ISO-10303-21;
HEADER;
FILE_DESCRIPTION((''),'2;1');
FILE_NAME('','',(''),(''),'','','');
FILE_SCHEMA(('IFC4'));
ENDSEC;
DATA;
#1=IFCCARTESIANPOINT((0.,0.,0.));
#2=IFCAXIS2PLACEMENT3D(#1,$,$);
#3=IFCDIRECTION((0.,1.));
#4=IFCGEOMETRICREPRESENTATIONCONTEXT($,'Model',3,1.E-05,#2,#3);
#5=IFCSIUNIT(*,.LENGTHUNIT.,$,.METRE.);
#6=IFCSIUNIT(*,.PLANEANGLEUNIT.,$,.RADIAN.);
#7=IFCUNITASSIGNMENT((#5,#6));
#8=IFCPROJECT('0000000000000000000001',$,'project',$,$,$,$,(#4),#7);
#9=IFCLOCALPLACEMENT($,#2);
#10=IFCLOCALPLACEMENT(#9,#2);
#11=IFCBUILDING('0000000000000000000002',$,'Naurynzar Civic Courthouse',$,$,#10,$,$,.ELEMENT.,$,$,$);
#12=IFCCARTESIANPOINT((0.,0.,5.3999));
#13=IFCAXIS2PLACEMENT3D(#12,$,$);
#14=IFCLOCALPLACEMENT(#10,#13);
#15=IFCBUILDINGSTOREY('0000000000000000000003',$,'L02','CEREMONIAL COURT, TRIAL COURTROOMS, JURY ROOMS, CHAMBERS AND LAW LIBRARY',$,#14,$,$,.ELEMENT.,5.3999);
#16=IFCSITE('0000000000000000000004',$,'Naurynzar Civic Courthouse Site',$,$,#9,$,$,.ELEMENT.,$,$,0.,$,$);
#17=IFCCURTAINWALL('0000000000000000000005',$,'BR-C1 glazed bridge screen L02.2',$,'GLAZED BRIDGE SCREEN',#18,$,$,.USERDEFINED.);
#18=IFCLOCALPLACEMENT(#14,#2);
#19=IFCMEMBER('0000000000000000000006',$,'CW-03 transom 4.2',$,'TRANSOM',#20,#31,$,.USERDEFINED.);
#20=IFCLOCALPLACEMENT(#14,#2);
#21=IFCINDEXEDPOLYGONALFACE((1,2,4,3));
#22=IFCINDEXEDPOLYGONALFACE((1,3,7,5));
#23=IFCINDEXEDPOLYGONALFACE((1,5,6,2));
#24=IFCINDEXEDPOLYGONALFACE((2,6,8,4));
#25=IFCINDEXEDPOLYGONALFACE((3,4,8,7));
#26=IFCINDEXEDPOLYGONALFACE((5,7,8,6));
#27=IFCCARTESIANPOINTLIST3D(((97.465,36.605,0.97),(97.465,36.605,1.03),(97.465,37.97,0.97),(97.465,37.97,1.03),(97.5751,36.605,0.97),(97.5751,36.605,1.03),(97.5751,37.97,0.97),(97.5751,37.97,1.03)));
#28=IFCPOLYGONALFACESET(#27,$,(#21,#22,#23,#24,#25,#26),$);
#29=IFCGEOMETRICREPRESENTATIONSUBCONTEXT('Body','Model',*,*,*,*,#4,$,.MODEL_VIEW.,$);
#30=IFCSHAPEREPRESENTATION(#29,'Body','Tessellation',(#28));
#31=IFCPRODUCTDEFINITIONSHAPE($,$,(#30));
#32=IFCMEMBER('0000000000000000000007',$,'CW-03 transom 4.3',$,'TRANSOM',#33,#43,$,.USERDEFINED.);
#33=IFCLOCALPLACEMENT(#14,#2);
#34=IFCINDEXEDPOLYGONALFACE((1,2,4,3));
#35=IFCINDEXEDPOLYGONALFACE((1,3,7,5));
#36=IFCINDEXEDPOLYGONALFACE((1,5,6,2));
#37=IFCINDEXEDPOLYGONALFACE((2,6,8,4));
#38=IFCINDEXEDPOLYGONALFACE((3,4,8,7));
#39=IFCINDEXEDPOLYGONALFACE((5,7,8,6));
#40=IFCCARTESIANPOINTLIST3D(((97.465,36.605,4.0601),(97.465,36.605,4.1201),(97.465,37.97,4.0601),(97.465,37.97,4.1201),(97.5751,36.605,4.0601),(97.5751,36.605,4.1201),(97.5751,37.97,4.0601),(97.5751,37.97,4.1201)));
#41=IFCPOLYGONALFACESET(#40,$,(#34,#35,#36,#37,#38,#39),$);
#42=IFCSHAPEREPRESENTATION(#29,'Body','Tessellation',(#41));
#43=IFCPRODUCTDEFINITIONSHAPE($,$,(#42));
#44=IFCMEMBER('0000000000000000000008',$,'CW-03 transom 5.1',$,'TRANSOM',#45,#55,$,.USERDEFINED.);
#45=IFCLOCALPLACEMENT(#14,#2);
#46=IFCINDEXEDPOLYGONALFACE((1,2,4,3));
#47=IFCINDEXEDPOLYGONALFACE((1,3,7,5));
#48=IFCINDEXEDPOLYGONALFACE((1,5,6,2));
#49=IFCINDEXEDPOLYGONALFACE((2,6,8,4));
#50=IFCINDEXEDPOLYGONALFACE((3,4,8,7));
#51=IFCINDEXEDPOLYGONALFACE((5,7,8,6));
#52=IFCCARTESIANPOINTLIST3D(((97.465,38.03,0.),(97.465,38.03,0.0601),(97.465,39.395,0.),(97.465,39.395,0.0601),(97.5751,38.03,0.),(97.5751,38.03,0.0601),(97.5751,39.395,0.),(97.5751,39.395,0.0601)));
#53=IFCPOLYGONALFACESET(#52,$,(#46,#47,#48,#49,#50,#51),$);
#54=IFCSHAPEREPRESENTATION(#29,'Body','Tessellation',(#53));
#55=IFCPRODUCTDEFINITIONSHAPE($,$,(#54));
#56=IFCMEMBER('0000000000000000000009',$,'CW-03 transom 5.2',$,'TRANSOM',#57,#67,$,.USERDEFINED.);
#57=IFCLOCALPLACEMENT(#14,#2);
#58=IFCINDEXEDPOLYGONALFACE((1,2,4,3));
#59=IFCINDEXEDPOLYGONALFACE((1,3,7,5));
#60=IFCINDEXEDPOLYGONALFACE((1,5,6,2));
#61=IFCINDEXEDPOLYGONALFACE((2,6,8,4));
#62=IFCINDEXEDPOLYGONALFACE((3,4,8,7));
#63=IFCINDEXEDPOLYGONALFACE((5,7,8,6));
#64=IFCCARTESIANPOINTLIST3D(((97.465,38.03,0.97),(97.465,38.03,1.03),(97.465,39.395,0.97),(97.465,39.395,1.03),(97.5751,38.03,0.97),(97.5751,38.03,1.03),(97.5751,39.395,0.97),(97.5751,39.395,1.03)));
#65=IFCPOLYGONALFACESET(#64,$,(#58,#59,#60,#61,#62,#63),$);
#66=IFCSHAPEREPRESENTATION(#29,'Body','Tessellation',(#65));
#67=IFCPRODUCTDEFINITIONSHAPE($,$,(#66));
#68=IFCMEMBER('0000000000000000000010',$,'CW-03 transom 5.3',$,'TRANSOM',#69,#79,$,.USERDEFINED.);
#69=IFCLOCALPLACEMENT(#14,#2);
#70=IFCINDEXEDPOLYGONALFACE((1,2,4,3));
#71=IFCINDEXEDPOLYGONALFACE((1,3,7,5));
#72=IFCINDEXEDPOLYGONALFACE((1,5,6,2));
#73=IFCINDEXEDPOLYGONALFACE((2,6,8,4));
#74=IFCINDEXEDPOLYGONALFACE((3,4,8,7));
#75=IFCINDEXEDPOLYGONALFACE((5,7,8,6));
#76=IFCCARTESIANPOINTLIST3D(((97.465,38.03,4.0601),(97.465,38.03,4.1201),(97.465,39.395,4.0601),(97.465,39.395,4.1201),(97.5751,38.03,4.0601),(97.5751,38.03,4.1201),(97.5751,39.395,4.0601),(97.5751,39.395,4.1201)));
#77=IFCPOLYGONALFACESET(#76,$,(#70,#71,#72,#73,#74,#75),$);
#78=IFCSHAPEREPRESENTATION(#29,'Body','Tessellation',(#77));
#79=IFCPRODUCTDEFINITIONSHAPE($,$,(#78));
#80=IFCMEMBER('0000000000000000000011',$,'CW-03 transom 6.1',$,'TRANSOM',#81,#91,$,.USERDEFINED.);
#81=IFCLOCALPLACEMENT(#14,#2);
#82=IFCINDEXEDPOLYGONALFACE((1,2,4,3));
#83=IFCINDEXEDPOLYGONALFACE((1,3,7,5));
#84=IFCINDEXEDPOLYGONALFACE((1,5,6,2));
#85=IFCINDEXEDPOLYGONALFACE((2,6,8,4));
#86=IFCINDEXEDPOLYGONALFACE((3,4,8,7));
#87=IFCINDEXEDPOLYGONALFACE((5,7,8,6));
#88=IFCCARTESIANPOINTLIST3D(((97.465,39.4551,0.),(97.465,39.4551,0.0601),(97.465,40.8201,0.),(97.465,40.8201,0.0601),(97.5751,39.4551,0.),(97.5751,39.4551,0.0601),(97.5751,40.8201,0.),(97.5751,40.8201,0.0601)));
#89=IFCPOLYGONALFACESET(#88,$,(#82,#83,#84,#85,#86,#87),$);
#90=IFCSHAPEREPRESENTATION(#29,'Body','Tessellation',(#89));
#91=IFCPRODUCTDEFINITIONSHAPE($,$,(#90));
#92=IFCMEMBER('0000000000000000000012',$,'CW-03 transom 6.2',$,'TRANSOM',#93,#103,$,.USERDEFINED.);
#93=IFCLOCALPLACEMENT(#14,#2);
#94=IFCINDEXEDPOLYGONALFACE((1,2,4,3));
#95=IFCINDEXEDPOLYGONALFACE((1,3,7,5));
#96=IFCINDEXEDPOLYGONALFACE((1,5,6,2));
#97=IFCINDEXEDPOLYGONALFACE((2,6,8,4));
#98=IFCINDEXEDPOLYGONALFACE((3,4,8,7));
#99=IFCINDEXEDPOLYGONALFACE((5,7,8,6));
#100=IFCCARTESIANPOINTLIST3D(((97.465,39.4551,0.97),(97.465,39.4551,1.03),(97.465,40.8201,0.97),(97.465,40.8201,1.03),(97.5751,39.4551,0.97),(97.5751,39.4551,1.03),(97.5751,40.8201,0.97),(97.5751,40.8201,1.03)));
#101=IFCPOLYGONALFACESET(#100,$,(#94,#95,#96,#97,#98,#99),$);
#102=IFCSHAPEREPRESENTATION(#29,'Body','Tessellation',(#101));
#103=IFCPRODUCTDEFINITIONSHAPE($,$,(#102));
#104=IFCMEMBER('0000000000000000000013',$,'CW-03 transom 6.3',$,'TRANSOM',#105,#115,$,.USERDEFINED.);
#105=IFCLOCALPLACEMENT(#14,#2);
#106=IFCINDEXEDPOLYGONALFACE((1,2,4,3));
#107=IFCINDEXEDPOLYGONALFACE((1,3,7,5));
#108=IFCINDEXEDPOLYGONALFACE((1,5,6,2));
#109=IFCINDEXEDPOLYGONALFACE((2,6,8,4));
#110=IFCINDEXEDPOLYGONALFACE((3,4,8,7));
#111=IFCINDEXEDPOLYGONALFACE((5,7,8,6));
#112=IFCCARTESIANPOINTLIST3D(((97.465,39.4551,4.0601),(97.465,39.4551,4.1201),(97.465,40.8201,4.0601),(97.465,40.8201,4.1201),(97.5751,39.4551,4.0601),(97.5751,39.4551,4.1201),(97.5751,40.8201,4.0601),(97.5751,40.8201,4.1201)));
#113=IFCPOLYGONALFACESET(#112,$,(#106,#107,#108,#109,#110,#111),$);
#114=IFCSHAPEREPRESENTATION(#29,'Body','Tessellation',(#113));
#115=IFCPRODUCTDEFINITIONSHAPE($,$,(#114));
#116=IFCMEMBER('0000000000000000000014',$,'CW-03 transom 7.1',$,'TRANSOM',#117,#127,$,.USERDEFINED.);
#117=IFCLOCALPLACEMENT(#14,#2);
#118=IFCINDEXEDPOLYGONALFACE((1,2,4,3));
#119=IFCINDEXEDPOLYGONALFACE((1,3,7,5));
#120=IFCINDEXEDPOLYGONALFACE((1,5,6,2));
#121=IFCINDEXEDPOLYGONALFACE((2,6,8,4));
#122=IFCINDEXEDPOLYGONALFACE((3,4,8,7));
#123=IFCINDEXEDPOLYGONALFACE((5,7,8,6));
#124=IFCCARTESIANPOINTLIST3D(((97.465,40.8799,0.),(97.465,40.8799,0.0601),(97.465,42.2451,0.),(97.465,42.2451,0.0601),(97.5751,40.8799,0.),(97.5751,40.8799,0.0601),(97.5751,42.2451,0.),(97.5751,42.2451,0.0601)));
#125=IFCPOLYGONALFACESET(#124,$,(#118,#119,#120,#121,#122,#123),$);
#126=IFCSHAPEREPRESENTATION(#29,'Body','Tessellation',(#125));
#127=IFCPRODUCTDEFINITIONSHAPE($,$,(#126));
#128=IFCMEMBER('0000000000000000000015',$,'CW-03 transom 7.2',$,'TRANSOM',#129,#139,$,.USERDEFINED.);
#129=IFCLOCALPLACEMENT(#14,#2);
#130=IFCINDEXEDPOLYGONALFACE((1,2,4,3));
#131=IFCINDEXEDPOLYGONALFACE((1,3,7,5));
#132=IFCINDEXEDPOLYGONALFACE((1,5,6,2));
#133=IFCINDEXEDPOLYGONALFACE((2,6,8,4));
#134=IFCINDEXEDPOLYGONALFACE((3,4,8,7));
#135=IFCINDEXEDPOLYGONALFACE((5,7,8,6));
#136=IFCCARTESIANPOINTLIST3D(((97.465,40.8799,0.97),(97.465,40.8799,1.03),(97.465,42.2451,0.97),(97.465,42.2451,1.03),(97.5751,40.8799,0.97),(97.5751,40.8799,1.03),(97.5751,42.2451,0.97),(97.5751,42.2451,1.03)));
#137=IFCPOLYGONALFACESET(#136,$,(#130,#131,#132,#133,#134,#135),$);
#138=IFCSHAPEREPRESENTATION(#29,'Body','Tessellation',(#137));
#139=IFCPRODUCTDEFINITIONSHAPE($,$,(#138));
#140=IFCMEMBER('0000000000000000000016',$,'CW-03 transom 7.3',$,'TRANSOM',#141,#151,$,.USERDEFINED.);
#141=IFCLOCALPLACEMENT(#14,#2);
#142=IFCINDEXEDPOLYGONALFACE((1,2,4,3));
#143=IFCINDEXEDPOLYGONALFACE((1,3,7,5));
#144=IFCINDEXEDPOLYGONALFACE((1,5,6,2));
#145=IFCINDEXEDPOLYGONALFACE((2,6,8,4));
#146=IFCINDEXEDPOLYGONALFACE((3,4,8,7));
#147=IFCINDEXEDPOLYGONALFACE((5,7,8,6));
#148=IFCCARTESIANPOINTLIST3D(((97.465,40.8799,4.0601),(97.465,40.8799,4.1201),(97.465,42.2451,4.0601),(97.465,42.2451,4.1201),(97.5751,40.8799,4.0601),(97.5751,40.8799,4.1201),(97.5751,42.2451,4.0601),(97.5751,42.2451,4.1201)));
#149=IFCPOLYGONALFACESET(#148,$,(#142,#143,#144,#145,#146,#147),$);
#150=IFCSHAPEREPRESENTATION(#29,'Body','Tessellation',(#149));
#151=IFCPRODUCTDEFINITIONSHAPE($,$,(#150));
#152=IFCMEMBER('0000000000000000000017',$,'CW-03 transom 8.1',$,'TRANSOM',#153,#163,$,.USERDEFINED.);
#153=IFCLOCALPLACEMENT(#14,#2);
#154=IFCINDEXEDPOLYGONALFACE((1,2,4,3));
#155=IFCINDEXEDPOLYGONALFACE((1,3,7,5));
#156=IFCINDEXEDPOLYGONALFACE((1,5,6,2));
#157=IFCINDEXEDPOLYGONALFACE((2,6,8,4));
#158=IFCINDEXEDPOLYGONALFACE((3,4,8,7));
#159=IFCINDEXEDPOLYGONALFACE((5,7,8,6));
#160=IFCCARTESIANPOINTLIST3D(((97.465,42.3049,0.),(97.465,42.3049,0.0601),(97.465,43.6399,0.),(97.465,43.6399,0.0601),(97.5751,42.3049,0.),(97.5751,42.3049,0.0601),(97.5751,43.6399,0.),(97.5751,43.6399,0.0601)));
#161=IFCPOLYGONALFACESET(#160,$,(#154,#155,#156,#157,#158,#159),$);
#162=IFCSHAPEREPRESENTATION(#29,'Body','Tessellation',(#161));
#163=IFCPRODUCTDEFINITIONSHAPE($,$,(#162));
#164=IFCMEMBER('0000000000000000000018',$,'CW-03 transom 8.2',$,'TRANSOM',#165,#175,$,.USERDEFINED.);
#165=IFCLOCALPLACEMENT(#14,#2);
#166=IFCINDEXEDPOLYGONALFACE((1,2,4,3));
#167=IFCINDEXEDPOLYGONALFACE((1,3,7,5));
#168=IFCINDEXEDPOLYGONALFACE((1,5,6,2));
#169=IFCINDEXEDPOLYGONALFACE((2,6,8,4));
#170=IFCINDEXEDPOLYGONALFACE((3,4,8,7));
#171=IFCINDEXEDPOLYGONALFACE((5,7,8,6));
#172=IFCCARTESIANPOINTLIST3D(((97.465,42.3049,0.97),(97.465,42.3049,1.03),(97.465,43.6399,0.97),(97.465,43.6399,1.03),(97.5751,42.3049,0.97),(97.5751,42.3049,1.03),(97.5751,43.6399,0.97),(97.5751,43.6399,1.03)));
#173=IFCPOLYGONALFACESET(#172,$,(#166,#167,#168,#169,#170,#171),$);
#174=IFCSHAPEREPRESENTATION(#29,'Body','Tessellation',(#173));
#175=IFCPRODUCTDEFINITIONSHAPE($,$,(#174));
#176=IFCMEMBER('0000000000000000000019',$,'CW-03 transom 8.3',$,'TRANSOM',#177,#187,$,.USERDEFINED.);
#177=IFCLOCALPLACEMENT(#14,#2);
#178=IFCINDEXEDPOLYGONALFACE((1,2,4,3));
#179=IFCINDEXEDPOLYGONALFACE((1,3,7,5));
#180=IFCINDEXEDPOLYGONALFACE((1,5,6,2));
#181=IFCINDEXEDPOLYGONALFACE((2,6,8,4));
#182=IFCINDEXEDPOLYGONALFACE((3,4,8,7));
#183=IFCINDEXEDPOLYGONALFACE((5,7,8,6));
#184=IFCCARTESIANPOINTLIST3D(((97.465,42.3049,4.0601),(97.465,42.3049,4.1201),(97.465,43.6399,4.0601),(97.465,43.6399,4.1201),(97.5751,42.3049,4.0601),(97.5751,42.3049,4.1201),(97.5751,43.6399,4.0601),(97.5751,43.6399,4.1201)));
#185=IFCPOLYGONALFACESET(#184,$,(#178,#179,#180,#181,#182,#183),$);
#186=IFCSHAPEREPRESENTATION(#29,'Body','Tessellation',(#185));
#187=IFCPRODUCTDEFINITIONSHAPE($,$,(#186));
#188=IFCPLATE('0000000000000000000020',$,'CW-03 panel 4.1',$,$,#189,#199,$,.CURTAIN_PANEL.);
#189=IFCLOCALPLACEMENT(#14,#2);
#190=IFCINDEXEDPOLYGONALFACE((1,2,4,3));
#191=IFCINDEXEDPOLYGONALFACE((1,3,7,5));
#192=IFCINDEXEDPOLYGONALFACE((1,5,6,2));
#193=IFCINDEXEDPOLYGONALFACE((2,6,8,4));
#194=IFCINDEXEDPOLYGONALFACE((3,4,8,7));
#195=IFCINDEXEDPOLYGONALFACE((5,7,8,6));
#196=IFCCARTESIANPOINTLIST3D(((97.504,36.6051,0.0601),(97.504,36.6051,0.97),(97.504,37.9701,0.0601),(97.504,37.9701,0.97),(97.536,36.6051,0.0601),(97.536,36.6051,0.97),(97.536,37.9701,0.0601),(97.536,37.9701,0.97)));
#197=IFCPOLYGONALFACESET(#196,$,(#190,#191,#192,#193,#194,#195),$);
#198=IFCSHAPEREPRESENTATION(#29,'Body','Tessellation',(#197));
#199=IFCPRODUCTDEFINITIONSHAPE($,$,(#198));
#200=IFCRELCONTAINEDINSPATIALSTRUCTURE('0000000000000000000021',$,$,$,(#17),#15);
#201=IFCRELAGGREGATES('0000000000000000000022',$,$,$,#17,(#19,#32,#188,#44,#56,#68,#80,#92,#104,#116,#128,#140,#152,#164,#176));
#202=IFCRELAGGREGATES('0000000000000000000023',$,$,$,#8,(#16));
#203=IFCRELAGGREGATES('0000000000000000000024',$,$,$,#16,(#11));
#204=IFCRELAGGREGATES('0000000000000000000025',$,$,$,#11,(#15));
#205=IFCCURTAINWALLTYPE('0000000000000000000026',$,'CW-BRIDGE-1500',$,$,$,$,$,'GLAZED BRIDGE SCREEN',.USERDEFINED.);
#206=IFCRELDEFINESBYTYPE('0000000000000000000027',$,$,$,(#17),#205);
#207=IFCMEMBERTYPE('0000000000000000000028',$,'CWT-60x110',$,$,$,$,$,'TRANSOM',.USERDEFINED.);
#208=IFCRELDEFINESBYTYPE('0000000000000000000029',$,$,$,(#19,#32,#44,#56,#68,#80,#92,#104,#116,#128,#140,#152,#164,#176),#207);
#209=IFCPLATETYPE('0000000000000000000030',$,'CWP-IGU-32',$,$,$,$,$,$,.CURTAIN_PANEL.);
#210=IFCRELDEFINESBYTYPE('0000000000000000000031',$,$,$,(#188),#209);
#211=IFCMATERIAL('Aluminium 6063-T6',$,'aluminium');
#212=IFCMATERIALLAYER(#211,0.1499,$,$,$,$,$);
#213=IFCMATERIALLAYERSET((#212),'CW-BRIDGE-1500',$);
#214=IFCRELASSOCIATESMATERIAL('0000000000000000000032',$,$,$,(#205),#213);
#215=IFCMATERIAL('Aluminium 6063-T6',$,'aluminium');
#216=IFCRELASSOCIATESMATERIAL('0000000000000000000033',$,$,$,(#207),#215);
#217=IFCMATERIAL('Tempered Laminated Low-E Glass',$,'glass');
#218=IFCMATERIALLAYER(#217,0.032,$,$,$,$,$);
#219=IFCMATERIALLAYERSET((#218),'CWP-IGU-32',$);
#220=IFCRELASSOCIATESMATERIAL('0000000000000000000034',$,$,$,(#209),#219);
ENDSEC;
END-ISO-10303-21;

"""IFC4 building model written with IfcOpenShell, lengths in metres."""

from ifc_helpers import new_model, si_unit, direction, frame, origin, origin_2d, place, context, subcontext, project, spatial, rectangle, extrude, material, layer, layer_set, material_profile, profile_set, type_object, element, aggregate, save


model = new_model("IFC4")

# Units and contexts
model_context = context("Model", 3, precision=1e-05, world=origin(), true_north=direction((0.0, 1.0)))
body_context = subcontext(model_context, "Body", "Model", "MODEL_VIEW")
ifc_project = project(units=[si_unit("LENGTHUNIT", "METRE"), si_unit("PLANEANGLEUNIT", "RADIAN")], contexts=[model_context])

# Site, building, storey
site_placement = place(None, origin())
site = spatial("IfcSite", under=ifc_project, at=site_placement, Name="Naurynzar Civic Courthouse Site", CompositionType="ELEMENT", RefElevation=0.0)
building_placement = place(site_placement, origin())
building = spatial("IfcBuilding", under=site, at=building_placement, Name="Naurynzar Civic Courthouse", CompositionType="ELEMENT")
storey_placement = place(building_placement, frame((0.0, 0.0, 5.3999)))
storey = spatial("IfcBuildingStorey", under=building, at=storey_placement, Name="L02", Description="CEREMONIAL COURT, TRIAL COURTROOMS, JURY ROOMS, CHAMBERS AND LAW LIBRARY", CompositionType="ELEMENT", Elevation=5.3999)

# Shared definitions
ifc_material_1 = material(Name="Aluminium 6063-T6", Category="aluminium")
ifc_layer_1 = layer(ifc_material_1, 0.1499)
ifc_layer_set_1 = layer_set([ifc_layer_1], Name="CW-BRIDGE-1500")
curtain_wall_type = type_object("IfcCurtainWallType", Name="CW-BRIDGE-1500", ElementType="GLAZED BRIDGE SCREEN", PredefinedType="USERDEFINED", material=ifc_layer_set_1)

# Curtain wall
curtain_wall_1_placement = place(storey_placement, origin())
curtain_wall_1 = element("IfcCurtainWall", 1, at=curtain_wall_1_placement, inside=storey, type_object=curtain_wall_type, Name="BR-C1 glazed bridge screen L02.2", ObjectType="GLAZED BRIDGE SCREEN", PredefinedType="USERDEFINED")

# Members
ifc_material_2 = material(Name="Aluminium 6063-T6", Category="aluminium")
ifc_material_profile_1 = material_profile(ifc_material_2, rectangle(XDim=0.1101, YDim=0.0601, at=origin_2d()), Name="ALU TRANSOM 60x110")
ifc_profile_set_1 = profile_set([ifc_material_profile_1], Name="Aluminium 6063-T6")
member_type_1 = type_object("IfcMemberType", Name="CWT-60x110", ElementType="TRANSOM", PredefinedType="USERDEFINED", material=ifc_profile_set_1)
member_1_placement = place(storey_placement, frame((97.52, 36.605, 1.0), z_axis=(0.0, 1.0, 0.0), x_axis=(-1.0, 0.0, 0.0)))
member_1 = element("IfcMember", 2, at=member_1_placement, type_object=member_type_1, Name="CW-03 transom 4.2", ObjectType="TRANSOM", PredefinedType="USERDEFINED", context=body_context, shape_type="SweptSolid", body=[
    extrude(rectangle(XDim=0.1101, YDim=0.0601, at=origin_2d()), origin(), (0.0, 0.0, 1.0), 1.365),
])
member_2_placement = place(storey_placement, frame((97.52, 36.605, 4.0901), z_axis=(0.0, 1.0, 0.0), x_axis=(-1.0, 0.0, 0.0)))
member_2 = element("IfcMember", 3, at=member_2_placement, type_object=member_type_1, Name="CW-03 transom 4.3", ObjectType="TRANSOM", PredefinedType="USERDEFINED", context=body_context, shape_type="SweptSolid", body=[
    extrude(rectangle(XDim=0.1101, YDim=0.0601, at=origin_2d()), origin(), (0.0, 0.0, 1.0), 1.365),
])
member_3_placement = place(storey_placement, frame((97.52, 38.03, 0.03), z_axis=(0.0, 1.0, 0.0), x_axis=(-1.0, 0.0, 0.0)))
member_3 = element("IfcMember", 4, at=member_3_placement, type_object=member_type_1, Name="CW-03 transom 5.1", ObjectType="TRANSOM", PredefinedType="USERDEFINED", context=body_context, shape_type="SweptSolid", body=[
    extrude(rectangle(XDim=0.1101, YDim=0.0601, at=origin_2d()), origin(), (0.0, 0.0, 1.0), 1.365),
])
member_4_placement = place(storey_placement, frame((97.52, 38.03, 1.0), z_axis=(0.0, 1.0, 0.0), x_axis=(-1.0, 0.0, 0.0)))
member_4 = element("IfcMember", 5, at=member_4_placement, type_object=member_type_1, Name="CW-03 transom 5.2", ObjectType="TRANSOM", PredefinedType="USERDEFINED", context=body_context, shape_type="SweptSolid", body=[
    extrude(rectangle(XDim=0.1101, YDim=0.0601, at=origin_2d()), origin(), (0.0, 0.0, 1.0), 1.365),
])
member_5_placement = place(storey_placement, frame((97.52, 38.03, 4.0901), z_axis=(0.0, 1.0, 0.0), x_axis=(-1.0, 0.0, 0.0)))
member_5 = element("IfcMember", 6, at=member_5_placement, type_object=member_type_1, Name="CW-03 transom 5.3", ObjectType="TRANSOM", PredefinedType="USERDEFINED", context=body_context, shape_type="SweptSolid", body=[
    extrude(rectangle(XDim=0.1101, YDim=0.0601, at=origin_2d()), origin(), (0.0, 0.0, 1.0), 1.365),
])
member_6_placement = place(storey_placement, frame((97.52, 39.4551, 0.03), z_axis=(0.0, 1.0, 0.0), x_axis=(-1.0, 0.0, 0.0)))
member_6 = element("IfcMember", 7, at=member_6_placement, type_object=member_type_1, Name="CW-03 transom 6.1", ObjectType="TRANSOM", PredefinedType="USERDEFINED", context=body_context, shape_type="SweptSolid", body=[
    extrude(rectangle(XDim=0.1101, YDim=0.0601, at=origin_2d()), origin(), (0.0, 0.0, 1.0), 1.365),
])
member_7_placement = place(storey_placement, frame((97.52, 39.4551, 1.0), z_axis=(0.0, 1.0, 0.0), x_axis=(-1.0, 0.0, 0.0)))
member_7 = element("IfcMember", 8, at=member_7_placement, type_object=member_type_1, Name="CW-03 transom 6.2", ObjectType="TRANSOM", PredefinedType="USERDEFINED", context=body_context, shape_type="SweptSolid", body=[
    extrude(rectangle(XDim=0.1101, YDim=0.0601, at=origin_2d()), origin(), (0.0, 0.0, 1.0), 1.365),
])
member_8_placement = place(storey_placement, frame((97.52, 39.4551, 4.0901), z_axis=(0.0, 1.0, 0.0), x_axis=(-1.0, 0.0, 0.0)))
member_8 = element("IfcMember", 9, at=member_8_placement, type_object=member_type_1, Name="CW-03 transom 6.3", ObjectType="TRANSOM", PredefinedType="USERDEFINED", context=body_context, shape_type="SweptSolid", body=[
    extrude(rectangle(XDim=0.1101, YDim=0.0601, at=origin_2d()), origin(), (0.0, 0.0, 1.0), 1.365),
])
member_9_placement = place(storey_placement, frame((97.52, 40.8799, 0.03), z_axis=(0.0, 1.0, 0.0), x_axis=(-1.0, 0.0, 0.0)))
member_9 = element("IfcMember", 10, at=member_9_placement, type_object=member_type_1, Name="CW-03 transom 7.1", ObjectType="TRANSOM", PredefinedType="USERDEFINED", context=body_context, shape_type="SweptSolid", body=[
    extrude(rectangle(XDim=0.1101, YDim=0.0601, at=origin_2d()), origin(), (0.0, 0.0, 1.0), 1.3652),
])
member_10_placement = place(storey_placement, frame((97.52, 40.8799, 1.0), z_axis=(0.0, 1.0, 0.0), x_axis=(-1.0, 0.0, 0.0)))
member_10 = element("IfcMember", 11, at=member_10_placement, type_object=member_type_1, Name="CW-03 transom 7.2", ObjectType="TRANSOM", PredefinedType="USERDEFINED", context=body_context, shape_type="SweptSolid", body=[
    extrude(rectangle(XDim=0.1101, YDim=0.0601, at=origin_2d()), origin(), (0.0, 0.0, 1.0), 1.3652),
])
member_11_placement = place(storey_placement, frame((97.52, 40.8799, 4.0901), z_axis=(0.0, 1.0, 0.0), x_axis=(-1.0, 0.0, 0.0)))
member_11 = element("IfcMember", 12, at=member_11_placement, type_object=member_type_1, Name="CW-03 transom 7.3", ObjectType="TRANSOM", PredefinedType="USERDEFINED", context=body_context, shape_type="SweptSolid", body=[
    extrude(rectangle(XDim=0.1101, YDim=0.0601, at=origin_2d()), origin(), (0.0, 0.0, 1.0), 1.3652),
])
member_12_placement = place(storey_placement, frame((97.52, 42.3049, 0.03), z_axis=(0.0, 1.0, 0.0), x_axis=(-1.0, 0.0, 0.0)))
member_12 = element("IfcMember", 13, at=member_12_placement, type_object=member_type_1, Name="CW-03 transom 8.1", ObjectType="TRANSOM", PredefinedType="USERDEFINED", context=body_context, shape_type="SweptSolid", body=[
    extrude(rectangle(XDim=0.1101, YDim=0.0601, at=origin_2d()), origin(), (0.0, 0.0, 1.0), 1.335),
])
member_13_placement = place(storey_placement, frame((97.52, 42.3049, 1.0), z_axis=(0.0, 1.0, 0.0), x_axis=(-1.0, 0.0, 0.0)))
member_13 = element("IfcMember", 14, at=member_13_placement, type_object=member_type_1, Name="CW-03 transom 8.2", ObjectType="TRANSOM", PredefinedType="USERDEFINED", context=body_context, shape_type="SweptSolid", body=[
    extrude(rectangle(XDim=0.1101, YDim=0.0601, at=origin_2d()), origin(), (0.0, 0.0, 1.0), 1.335),
])
member_14_placement = place(storey_placement, frame((97.52, 42.3049, 4.0901), z_axis=(0.0, 1.0, 0.0), x_axis=(-1.0, 0.0, 0.0)))
member_14 = element("IfcMember", 15, at=member_14_placement, type_object=member_type_1, Name="CW-03 transom 8.3", ObjectType="TRANSOM", PredefinedType="USERDEFINED", context=body_context, shape_type="SweptSolid", body=[
    extrude(rectangle(XDim=0.1101, YDim=0.0601, at=origin_2d()), origin(), (0.0, 0.0, 1.0), 1.335),
])

# Plate
ifc_material_3 = material(Name="Tempered Laminated Low-E Glass", Category="glass")
ifc_layer_2 = layer(ifc_material_3, 0.032)
ifc_layer_set_2 = layer_set([ifc_layer_2], Name="CWP-IGU-32")
plate_type_1 = type_object("IfcPlateType", Name="CWP-IGU-32", PredefinedType="CURTAIN_PANEL", material=ifc_layer_set_2)
plate_1_placement = place(storey_placement, frame((97.52, 37.2876, 0.0601), z_axis=(0.0, 0.0, 1.0), x_axis=(0.0, 1.0, 0.0)))
plate_1 = element("IfcPlate", 16, at=plate_1_placement, type_object=plate_type_1, Name="CW-03 panel 4.1", PredefinedType="CURTAIN_PANEL", context=body_context, shape_type="SweptSolid", body=[
    extrude(rectangle(XDim=1.365, YDim=0.032, at=origin_2d()), origin(), (0.0, 0.0, 1.0), 0.9099),
])
aggregate(curtain_wall_1, [member_1, member_2, plate_1, member_3, member_4, member_5, member_6, member_7, member_8, member_9, member_10, member_11, member_12, member_13, member_14])

save(model, "model.ifc")
